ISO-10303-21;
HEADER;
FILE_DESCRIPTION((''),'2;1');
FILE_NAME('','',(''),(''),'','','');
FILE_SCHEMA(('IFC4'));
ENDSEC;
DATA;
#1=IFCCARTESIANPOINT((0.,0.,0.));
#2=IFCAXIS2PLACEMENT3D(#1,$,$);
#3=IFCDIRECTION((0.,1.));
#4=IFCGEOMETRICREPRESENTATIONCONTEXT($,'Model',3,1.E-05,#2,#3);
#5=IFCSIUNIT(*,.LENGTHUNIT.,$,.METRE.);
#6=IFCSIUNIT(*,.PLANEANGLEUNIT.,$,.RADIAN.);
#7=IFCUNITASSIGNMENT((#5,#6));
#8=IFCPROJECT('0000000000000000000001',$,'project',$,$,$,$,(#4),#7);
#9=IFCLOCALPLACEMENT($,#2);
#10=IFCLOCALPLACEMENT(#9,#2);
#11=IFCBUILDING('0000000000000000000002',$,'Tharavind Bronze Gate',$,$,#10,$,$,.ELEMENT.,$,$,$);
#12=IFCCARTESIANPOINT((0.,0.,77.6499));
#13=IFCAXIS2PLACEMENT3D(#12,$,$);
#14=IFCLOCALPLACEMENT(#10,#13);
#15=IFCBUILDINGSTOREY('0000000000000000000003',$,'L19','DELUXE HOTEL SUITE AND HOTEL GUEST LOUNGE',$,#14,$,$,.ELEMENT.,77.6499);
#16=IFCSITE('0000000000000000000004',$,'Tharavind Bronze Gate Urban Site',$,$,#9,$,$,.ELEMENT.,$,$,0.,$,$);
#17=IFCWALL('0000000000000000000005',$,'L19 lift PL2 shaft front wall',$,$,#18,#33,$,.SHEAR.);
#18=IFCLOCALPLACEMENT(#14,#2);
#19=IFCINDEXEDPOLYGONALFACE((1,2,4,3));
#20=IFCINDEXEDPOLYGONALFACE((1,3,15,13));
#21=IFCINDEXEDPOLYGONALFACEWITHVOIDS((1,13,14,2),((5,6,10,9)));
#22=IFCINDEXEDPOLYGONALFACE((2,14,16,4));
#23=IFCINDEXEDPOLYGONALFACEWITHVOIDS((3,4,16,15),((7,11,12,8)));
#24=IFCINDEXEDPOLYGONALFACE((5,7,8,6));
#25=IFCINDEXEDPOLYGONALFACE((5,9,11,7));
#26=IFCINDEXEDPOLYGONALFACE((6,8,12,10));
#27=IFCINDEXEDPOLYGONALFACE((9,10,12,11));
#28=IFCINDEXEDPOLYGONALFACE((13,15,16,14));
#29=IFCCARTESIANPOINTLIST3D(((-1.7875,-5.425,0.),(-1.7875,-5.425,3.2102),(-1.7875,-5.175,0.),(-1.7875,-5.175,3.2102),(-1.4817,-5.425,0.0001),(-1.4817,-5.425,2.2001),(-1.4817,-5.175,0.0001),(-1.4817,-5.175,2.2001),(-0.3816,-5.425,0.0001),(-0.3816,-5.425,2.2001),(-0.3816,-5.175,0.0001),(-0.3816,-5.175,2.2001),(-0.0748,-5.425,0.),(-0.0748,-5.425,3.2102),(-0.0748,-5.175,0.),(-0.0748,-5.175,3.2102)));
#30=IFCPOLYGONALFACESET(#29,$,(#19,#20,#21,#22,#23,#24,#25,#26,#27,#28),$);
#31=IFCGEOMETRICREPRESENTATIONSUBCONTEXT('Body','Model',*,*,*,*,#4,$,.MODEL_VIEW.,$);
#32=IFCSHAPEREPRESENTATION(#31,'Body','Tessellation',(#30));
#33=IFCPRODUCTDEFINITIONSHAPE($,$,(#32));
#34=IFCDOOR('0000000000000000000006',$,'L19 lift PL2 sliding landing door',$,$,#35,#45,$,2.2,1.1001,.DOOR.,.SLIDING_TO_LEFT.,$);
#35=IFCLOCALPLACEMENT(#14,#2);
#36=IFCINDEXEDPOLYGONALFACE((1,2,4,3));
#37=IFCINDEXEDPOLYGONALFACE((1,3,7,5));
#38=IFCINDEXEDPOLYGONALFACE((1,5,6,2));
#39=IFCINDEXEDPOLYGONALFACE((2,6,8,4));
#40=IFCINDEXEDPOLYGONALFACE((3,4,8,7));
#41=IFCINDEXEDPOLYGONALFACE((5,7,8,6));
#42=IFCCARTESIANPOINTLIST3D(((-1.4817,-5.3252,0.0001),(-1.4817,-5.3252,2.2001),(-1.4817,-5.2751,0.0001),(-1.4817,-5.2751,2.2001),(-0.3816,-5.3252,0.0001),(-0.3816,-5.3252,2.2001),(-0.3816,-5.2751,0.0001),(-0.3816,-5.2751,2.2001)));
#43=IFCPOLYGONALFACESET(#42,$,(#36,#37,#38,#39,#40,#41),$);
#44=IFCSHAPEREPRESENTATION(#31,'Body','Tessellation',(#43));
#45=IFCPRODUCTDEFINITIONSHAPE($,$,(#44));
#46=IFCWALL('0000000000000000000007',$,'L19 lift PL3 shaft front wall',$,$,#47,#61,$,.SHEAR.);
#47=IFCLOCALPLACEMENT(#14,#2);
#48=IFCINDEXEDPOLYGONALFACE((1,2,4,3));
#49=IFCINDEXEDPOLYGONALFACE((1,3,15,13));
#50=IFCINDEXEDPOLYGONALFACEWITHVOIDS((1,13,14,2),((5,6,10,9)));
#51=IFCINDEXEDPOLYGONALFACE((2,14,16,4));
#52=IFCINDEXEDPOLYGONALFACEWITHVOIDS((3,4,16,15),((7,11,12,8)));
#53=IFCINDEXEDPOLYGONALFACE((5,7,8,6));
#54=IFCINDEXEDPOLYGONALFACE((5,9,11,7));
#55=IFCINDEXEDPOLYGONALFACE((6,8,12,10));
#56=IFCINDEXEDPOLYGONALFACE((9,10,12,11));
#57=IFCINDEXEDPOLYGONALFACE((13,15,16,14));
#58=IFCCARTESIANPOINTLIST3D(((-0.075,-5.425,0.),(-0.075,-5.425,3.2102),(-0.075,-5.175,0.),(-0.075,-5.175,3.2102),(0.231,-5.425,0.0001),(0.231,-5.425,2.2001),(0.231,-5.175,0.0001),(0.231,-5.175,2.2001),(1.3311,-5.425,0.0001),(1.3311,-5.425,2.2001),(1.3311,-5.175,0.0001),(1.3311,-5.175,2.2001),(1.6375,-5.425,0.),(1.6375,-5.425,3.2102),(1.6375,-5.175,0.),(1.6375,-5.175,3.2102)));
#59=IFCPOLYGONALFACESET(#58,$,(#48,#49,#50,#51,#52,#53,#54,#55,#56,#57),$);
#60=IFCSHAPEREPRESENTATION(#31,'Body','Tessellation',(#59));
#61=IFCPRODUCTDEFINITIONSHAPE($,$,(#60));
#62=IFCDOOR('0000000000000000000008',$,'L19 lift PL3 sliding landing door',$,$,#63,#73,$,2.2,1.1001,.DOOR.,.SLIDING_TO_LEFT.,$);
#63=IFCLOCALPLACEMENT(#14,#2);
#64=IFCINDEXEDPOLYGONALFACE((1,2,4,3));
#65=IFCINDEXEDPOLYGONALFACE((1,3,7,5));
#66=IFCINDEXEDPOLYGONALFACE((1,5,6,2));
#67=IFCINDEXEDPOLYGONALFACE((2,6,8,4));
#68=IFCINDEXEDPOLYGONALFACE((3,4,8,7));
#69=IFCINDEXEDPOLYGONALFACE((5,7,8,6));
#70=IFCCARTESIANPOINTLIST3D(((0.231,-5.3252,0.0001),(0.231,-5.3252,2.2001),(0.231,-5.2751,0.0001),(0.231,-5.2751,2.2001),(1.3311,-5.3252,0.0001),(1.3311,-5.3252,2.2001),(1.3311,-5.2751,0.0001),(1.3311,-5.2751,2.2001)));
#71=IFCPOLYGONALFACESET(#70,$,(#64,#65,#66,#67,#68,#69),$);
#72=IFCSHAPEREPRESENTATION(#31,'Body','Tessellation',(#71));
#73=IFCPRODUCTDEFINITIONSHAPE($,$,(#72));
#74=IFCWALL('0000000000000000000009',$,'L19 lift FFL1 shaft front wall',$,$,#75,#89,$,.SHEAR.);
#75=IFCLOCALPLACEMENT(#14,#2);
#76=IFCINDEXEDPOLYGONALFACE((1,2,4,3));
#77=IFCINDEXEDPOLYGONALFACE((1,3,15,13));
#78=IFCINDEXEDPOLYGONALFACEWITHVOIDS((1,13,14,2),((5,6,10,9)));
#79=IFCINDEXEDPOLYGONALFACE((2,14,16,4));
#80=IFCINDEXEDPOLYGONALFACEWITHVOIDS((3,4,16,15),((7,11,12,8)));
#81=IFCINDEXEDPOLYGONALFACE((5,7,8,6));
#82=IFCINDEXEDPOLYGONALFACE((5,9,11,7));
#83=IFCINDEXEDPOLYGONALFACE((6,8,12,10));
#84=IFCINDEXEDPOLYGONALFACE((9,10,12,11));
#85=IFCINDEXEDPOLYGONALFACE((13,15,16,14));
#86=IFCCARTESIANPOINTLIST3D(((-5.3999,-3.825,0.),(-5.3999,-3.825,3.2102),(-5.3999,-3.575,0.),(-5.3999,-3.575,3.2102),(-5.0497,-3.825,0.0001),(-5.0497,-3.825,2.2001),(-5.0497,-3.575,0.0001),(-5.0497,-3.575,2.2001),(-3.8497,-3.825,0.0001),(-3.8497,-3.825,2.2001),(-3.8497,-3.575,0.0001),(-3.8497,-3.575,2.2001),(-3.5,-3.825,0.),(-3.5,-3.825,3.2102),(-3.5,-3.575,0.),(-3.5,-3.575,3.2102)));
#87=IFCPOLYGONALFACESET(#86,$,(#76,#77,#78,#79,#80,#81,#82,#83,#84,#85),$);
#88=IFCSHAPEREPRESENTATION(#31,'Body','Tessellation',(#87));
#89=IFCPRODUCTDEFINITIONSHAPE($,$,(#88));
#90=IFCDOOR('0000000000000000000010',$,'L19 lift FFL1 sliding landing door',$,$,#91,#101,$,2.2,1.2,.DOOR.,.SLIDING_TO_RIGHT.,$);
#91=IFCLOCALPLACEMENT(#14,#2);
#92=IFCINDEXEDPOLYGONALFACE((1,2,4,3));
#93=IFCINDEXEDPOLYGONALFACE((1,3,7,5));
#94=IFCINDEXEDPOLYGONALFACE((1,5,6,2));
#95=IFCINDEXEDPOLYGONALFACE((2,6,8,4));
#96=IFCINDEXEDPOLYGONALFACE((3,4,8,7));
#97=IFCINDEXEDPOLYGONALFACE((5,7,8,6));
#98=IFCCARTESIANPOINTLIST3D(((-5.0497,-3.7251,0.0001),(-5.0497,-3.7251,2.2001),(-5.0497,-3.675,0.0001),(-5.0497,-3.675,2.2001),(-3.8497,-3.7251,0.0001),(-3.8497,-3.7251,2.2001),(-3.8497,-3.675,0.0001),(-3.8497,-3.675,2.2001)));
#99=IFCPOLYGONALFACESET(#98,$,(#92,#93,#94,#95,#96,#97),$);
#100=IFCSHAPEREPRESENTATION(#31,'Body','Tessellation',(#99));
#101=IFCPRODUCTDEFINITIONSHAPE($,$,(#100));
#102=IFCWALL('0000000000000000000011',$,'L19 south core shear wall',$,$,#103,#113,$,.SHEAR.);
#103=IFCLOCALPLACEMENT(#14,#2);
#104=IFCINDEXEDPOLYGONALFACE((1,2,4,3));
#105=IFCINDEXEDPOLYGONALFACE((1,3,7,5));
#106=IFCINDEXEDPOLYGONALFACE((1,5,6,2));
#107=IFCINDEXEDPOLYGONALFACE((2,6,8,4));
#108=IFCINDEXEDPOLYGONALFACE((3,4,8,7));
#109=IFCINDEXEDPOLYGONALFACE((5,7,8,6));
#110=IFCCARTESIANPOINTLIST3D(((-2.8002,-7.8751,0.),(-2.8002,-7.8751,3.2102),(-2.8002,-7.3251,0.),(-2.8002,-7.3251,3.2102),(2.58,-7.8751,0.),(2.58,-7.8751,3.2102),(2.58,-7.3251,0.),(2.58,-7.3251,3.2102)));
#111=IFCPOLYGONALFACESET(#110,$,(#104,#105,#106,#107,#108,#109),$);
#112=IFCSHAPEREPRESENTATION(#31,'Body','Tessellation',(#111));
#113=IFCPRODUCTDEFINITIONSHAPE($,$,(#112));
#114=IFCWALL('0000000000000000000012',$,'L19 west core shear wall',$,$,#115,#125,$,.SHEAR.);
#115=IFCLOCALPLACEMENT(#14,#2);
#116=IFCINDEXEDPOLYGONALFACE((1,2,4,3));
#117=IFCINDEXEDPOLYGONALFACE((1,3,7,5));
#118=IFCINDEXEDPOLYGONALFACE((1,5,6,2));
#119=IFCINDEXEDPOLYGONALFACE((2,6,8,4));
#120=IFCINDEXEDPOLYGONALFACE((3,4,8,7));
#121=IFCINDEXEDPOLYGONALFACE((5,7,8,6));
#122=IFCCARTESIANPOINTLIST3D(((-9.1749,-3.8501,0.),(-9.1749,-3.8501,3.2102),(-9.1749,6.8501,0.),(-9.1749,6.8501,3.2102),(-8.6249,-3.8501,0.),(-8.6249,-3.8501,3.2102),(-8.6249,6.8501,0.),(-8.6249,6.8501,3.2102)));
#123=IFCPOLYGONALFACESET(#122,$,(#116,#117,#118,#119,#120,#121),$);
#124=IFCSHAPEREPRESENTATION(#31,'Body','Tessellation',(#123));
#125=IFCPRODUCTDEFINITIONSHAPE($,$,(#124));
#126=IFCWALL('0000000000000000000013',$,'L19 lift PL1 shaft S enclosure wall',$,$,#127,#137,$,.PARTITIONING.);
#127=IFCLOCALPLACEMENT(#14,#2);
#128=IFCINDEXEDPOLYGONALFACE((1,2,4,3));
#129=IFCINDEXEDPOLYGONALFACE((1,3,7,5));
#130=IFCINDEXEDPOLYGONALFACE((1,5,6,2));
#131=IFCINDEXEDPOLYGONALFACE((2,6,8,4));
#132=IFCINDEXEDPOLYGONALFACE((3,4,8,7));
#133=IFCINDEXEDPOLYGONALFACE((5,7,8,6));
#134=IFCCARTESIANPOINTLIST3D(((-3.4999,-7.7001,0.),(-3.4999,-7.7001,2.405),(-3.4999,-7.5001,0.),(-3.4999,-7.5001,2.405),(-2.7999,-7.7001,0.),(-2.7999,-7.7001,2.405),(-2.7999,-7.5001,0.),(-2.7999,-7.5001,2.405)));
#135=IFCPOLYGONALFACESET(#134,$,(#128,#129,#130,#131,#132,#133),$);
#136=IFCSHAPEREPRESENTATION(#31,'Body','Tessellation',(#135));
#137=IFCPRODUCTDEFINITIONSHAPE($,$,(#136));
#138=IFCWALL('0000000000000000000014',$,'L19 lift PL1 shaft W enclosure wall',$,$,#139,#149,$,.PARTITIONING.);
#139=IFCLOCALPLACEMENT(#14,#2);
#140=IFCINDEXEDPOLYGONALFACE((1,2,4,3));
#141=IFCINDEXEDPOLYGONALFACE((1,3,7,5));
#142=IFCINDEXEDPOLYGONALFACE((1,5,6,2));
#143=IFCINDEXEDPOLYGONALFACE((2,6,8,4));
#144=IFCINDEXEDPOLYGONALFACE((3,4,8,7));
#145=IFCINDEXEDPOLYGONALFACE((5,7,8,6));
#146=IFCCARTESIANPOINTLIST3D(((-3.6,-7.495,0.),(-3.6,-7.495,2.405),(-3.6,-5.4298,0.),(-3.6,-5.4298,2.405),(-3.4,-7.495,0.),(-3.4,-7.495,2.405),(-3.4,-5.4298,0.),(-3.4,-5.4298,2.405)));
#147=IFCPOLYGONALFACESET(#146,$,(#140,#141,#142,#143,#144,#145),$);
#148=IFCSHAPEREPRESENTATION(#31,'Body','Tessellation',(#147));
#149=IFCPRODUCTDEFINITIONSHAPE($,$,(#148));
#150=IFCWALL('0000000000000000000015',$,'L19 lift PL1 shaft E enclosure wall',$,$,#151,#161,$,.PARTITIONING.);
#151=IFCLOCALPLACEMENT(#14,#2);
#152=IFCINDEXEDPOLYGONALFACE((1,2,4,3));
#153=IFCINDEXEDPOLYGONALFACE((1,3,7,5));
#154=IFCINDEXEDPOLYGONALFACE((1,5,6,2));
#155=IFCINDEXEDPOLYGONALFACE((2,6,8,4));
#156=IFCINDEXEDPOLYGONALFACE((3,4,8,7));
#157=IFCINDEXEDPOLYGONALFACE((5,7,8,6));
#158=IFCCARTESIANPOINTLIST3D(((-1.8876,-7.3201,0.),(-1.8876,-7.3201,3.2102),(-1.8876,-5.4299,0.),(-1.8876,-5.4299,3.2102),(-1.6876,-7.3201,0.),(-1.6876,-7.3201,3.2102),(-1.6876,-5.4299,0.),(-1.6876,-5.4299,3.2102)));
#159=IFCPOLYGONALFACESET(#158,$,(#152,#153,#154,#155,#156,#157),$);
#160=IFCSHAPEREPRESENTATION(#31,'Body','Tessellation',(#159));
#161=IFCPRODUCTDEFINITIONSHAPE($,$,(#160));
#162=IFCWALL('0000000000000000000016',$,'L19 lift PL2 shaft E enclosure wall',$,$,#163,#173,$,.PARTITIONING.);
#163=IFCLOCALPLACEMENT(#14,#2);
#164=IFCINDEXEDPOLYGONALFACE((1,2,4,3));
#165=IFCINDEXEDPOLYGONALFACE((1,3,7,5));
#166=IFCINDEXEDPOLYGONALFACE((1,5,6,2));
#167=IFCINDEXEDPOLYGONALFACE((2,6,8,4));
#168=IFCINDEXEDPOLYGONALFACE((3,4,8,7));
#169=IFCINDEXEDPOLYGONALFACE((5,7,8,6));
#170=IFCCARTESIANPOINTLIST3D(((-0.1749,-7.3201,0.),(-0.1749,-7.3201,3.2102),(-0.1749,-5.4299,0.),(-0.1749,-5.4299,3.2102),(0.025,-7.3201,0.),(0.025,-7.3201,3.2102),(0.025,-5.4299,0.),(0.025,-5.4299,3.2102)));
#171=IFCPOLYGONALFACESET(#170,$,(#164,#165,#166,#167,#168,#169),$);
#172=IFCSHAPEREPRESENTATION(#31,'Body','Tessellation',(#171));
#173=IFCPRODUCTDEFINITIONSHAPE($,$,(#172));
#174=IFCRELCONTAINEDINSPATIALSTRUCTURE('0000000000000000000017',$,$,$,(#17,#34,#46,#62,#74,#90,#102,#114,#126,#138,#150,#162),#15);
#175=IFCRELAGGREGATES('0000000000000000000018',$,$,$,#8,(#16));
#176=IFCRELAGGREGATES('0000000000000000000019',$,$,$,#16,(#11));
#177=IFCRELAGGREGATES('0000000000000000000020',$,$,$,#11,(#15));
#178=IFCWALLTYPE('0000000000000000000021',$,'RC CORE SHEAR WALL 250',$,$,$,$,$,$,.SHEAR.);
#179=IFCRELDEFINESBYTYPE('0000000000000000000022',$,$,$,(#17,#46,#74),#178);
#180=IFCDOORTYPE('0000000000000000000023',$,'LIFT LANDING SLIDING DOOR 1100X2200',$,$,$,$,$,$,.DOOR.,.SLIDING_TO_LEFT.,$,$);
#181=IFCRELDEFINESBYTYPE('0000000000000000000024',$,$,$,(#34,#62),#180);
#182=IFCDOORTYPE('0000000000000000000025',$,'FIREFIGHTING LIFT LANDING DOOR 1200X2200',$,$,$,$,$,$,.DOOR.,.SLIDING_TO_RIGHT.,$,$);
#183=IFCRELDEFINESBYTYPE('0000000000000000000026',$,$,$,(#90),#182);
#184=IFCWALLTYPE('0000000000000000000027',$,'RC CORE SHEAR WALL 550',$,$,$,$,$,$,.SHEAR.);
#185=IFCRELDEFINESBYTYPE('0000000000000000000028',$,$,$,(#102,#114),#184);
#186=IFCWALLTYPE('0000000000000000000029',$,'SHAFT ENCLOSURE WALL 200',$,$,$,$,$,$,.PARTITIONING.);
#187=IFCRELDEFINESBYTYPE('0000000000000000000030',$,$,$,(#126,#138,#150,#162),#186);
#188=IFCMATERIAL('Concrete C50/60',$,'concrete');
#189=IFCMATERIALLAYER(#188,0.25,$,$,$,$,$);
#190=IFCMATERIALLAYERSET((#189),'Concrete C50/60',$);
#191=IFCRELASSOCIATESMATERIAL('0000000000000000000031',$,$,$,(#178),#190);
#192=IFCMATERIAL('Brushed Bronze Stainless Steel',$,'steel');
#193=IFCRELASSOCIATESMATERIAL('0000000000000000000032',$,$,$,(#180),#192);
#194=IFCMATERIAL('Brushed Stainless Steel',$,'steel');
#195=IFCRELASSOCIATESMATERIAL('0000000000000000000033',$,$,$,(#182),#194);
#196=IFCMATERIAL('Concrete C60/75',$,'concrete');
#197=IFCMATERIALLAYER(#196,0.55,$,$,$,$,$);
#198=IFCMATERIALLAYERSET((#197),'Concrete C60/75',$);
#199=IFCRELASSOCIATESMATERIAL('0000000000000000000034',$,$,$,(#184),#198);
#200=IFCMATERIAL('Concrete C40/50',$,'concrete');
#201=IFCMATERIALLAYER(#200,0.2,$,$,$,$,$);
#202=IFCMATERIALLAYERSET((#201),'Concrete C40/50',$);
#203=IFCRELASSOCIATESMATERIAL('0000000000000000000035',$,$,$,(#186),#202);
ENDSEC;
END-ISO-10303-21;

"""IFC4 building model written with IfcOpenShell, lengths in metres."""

from ifc_helpers import new_model, si_unit, direction, frame, frame_2d, origin, place, context, subcontext, project, spatial, rectangle, extrude, material, layer, layer_set, type_object, element, fill, save


model = new_model("IFC4")

# Units and contexts
model_context = context("Model", 3, precision=1e-05, world=origin(), true_north=direction((0.0, 1.0)))
body_context = subcontext(model_context, "Body", "Model", "MODEL_VIEW")
ifc_project = project(units=[si_unit("LENGTHUNIT", "METRE"), si_unit("PLANEANGLEUNIT", "RADIAN")], contexts=[model_context])

# Site, building, storey
site_placement = place(None, origin())
site = spatial("IfcSite", under=ifc_project, at=site_placement, Name="Tharavind Bronze Gate Urban Site", CompositionType="ELEMENT", RefElevation=0.0)
building_placement = place(site_placement, origin())
building = spatial("IfcBuilding", under=site, at=building_placement, Name="Tharavind Bronze Gate", CompositionType="ELEMENT")
storey_placement = place(building_placement, frame((0.0, 0.0, 77.6499)))
storey = spatial("IfcBuildingStorey", under=building, at=storey_placement, Name="L19", Description="DELUXE HOTEL SUITE AND HOTEL GUEST LOUNGE", CompositionType="ELEMENT", Elevation=77.6499)

# Shared definitions
ifc_material_1 = material(Name="Concrete C50/60", Category="concrete")
ifc_layer_1 = layer(ifc_material_1, 0.25)
ifc_layer_set_1 = layer_set([ifc_layer_1], Name="Concrete C50/60")
wall_type_1 = type_object("IfcWallType", Name="RC CORE SHEAR WALL 250", PredefinedType="SHEAR", material=ifc_layer_set_1)

# Walls, openings, doors
ifc_material_2 = material(Name="Brushed Bronze Stainless Steel", Category="steel")
door_type_1 = type_object("IfcDoorType", Name="LIFT LANDING SLIDING DOOR 1100X2200", OperationType="SLIDING_TO_LEFT", PredefinedType="DOOR", material=ifc_material_2)
wall_1_placement = place(storey_placement, frame((-1.7876, -5.3, 0.0), z_axis=(0.0, 0.0, 1.0), x_axis=(1.0, 0.0, 0.0)))
wall_1 = element("IfcWall", 1, at=wall_1_placement, inside=storey, type_object=wall_type_1, Name="L19 lift PL2 shaft front wall", PredefinedType="SHEAR", context=body_context, shape_type="SweptSolid", body=[
    extrude(rectangle(XDim=1.7126, YDim=0.25, at=frame_2d((0.8564, 0.0))), origin(), (0.0, 0.0, 1.0), 3.2102),
])
opening_1_placement = place(wall_1_placement, frame((0.3059, 0.0, 0.0)))
opening_1 = element("IfcOpeningElement", 2, at=opening_1_placement, cuts=wall_1, PredefinedType="OPENING", context=body_context, shape_type="SweptSolid", body=[
    extrude(rectangle(XDim=1.1001, YDim=2.2, at=frame_2d((0.55, 1.1001))), frame((0.0, 0.135, 0.0), z_axis=(0.0, -1.0, 0.0), x_axis=(1.0, 0.0, 0.0)), (0.0, 0.0, 1.0), 0.27),
])
door_1_placement = place(opening_1_placement, origin())
door_1 = element("IfcDoor", 3, at=door_1_placement, inside=storey, type_object=door_type_1, Name="L19 lift PL2 sliding landing door", OperationType="SLIDING_TO_LEFT", OverallHeight=2.2, OverallWidth=1.1001, PredefinedType="DOOR", context=body_context, shape_type="SweptSolid", body=[
    extrude(rectangle(XDim=1.1001, YDim=2.2, at=frame_2d((0.55, 1.1001))), frame((0.0, 0.0249, 0.0), z_axis=(0.0, -1.0, 0.0), x_axis=(1.0, 0.0, 0.0)), (0.0, 0.0, 1.0), 0.05),
])
fill(opening_1, door_1)
wall_2_placement = place(storey_placement, frame((-0.075, -5.3, 0.0), z_axis=(0.0, 0.0, 1.0), x_axis=(1.0, 0.0, 0.0)))
wall_2 = element("IfcWall", 4, at=wall_2_placement, inside=storey, type_object=wall_type_1, Name="L19 lift PL3 shaft front wall", PredefinedType="SHEAR", context=body_context, shape_type="SweptSolid", body=[
    extrude(rectangle(XDim=1.7124, YDim=0.25, at=frame_2d((0.8562, 0.0))), origin(), (0.0, 0.0, 1.0), 3.2102),
])
opening_2_placement = place(wall_2_placement, frame((0.3059, 0.0, 0.0)))
opening_2 = element("IfcOpeningElement", 5, at=opening_2_placement, cuts=wall_2, PredefinedType="OPENING", context=body_context, shape_type="SweptSolid", body=[
    extrude(rectangle(XDim=1.1001, YDim=2.2, at=frame_2d((0.55, 1.1001))), frame((0.0, 0.135, 0.0), z_axis=(0.0, -1.0, 0.0), x_axis=(1.0, 0.0, 0.0)), (0.0, 0.0, 1.0), 0.27),
])
door_2_placement = place(opening_2_placement, origin())
door_2 = element("IfcDoor", 6, at=door_2_placement, inside=storey, type_object=door_type_1, Name="L19 lift PL3 sliding landing door", OperationType="SLIDING_TO_LEFT", OverallHeight=2.2, OverallWidth=1.1001, PredefinedType="DOOR", context=body_context, shape_type="SweptSolid", body=[
    extrude(rectangle(XDim=1.1001, YDim=2.2, at=frame_2d((0.55, 1.1001))), frame((0.0, 0.0249, 0.0), z_axis=(0.0, -1.0, 0.0), x_axis=(1.0, 0.0, 0.0)), (0.0, 0.0, 1.0), 0.05),
])
fill(opening_2, door_2)
wall_3_placement = place(storey_placement, frame((-5.3999, -3.7, 0.0), z_axis=(0.0, 0.0, 1.0), x_axis=(1.0, 0.0, 0.0)))
wall_3 = element("IfcWall", 7, at=wall_3_placement, inside=storey, type_object=wall_type_1, Name="L19 lift FFL1 shaft front wall", PredefinedType="SHEAR", context=body_context, shape_type="SweptSolid", body=[
    extrude(rectangle(XDim=1.8999, YDim=0.25, at=frame_2d((0.95, 0.0))), origin(), (0.0, 0.0, 1.0), 3.2102),
])
opening_3_placement = place(wall_3_placement, frame((0.3501, 0.0, 0.0)))
opening_3 = element("IfcOpeningElement", 8, at=opening_3_placement, cuts=wall_3, PredefinedType="OPENING", context=body_context, shape_type="SweptSolid", body=[
    extrude(rectangle(XDim=1.2, YDim=2.2, at=frame_2d((0.6001, 1.1001))), frame((0.0, 0.135, 0.0), z_axis=(0.0, -1.0, 0.0), x_axis=(1.0, 0.0, 0.0)), (0.0, 0.0, 1.0), 0.27),
])
ifc_material_3 = material(Name="Brushed Stainless Steel", Category="steel")
door_type_2 = type_object("IfcDoorType", Name="FIREFIGHTING LIFT LANDING DOOR 1200X2200", OperationType="SLIDING_TO_RIGHT", PredefinedType="DOOR", material=ifc_material_3)
door_3_placement = place(opening_3_placement, origin())
door_3 = element("IfcDoor", 9, at=door_3_placement, inside=storey, type_object=door_type_2, Name="L19 lift FFL1 sliding landing door", OperationType="SLIDING_TO_RIGHT", OverallHeight=2.2, OverallWidth=1.2, PredefinedType="DOOR", context=body_context, shape_type="SweptSolid", body=[
    extrude(rectangle(XDim=1.2, YDim=2.2, at=frame_2d((0.6001, 1.1001))), frame((0.0, 0.0249, 0.0), z_axis=(0.0, -1.0, 0.0), x_axis=(1.0, 0.0, 0.0)), (0.0, 0.0, 1.0), 0.05),
])
fill(opening_3, door_3)

# Walls
ifc_material_4 = material(Name="Concrete C60/75", Category="concrete")
ifc_layer_2 = layer(ifc_material_4, 0.55)
ifc_layer_set_2 = layer_set([ifc_layer_2], Name="Concrete C60/75")
wall_type_2 = type_object("IfcWallType", Name="RC CORE SHEAR WALL 550", PredefinedType="SHEAR", material=ifc_layer_set_2)
wall_4_placement = place(storey_placement, frame((-2.8, -7.6001, 0.0), z_axis=(0.0, 0.0, 1.0), x_axis=(1.0, 0.0, 0.0)))
element("IfcWall", 10, at=wall_4_placement, inside=storey, type_object=wall_type_2, Name="L19 south core shear wall", PredefinedType="SHEAR", context=body_context, shape_type="SweptSolid", body=[
    extrude(rectangle(XDim=5.3801, YDim=0.55, at=frame_2d((2.6899, 0.0))), origin(), (0.0, 0.0, 1.0), 3.2102),
])
wall_5_placement = place(storey_placement, frame((-8.8999, -3.8501, 0.0), z_axis=(0.0, 0.0, 1.0), x_axis=(0.0, 1.0, 0.0)))
element("IfcWall", 11, at=wall_5_placement, inside=storey, type_object=wall_type_2, Name="L19 west core shear wall", PredefinedType="SHEAR", context=body_context, shape_type="SweptSolid", body=[
    extrude(rectangle(XDim=10.7002, YDim=0.55, at=frame_2d((5.3501, 0.0))), origin(), (0.0, 0.0, 1.0), 3.2102),
])
ifc_material_5 = material(Name="Concrete C40/50", Category="concrete")
ifc_layer_3 = layer(ifc_material_5, 0.2)
ifc_layer_set_3 = layer_set([ifc_layer_3], Name="Concrete C40/50")
wall_type_3 = type_object("IfcWallType", Name="SHAFT ENCLOSURE WALL 200", PredefinedType="PARTITIONING", material=ifc_layer_set_3)
wall_6_placement = place(storey_placement, frame((-3.5, -7.6001, 0.0), z_axis=(0.0, 0.0, 1.0), x_axis=(1.0, 0.0, 0.0)))
element("IfcWall", 12, at=wall_6_placement, inside=storey, type_object=wall_type_3, Name="L19 lift PL1 shaft S enclosure wall", PredefinedType="PARTITIONING", context=body_context, shape_type="SweptSolid", body=[
    extrude(rectangle(XDim=0.7, YDim=0.2, at=frame_2d((0.3501, 0.0))), origin(), (0.0, 0.0, 1.0), 2.405),
])
wall_7_placement = place(storey_placement, frame((-3.5, -7.4951, 0.0), z_axis=(0.0, 0.0, 1.0), x_axis=(0.0, 1.0, 0.0)))
element("IfcWall", 13, at=wall_7_placement, inside=storey, type_object=wall_type_3, Name="L19 lift PL1 shaft W enclosure wall", PredefinedType="PARTITIONING", context=body_context, shape_type="SweptSolid", body=[
    extrude(rectangle(XDim=2.0652, YDim=0.2, at=frame_2d((1.0327, 0.0))), origin(), (0.0, 0.0, 1.0), 2.405),
])
for number, where, z_axis, x_axis, name in (
    (14, (-1.7876, -7.3201, 0.0), (0.0, 0.0, 1.0), (0.0, 1.0, 0.0), "L19 lift PL1 shaft E enclosure wall"),
    (15, (-0.075, -7.3201, 0.0), (0.0, 0.0, 1.0), (0.0, 1.0, 0.0), "L19 lift PL2 shaft E enclosure wall"),
):
    element("IfcWall", number, at=place(storey_placement, frame(where, z_axis=z_axis, x_axis=x_axis)), inside=storey, type_object=wall_type_3, Name=name, PredefinedType="PARTITIONING", context=body_context, shape_type="SweptSolid", body=[
        extrude(rectangle(XDim=1.8901, YDim=0.2, at=frame_2d((0.9451, 0.0))), origin(), (0.0, 0.0, 1.0), 3.2102),
    ])

save(model, "model.ifc")
